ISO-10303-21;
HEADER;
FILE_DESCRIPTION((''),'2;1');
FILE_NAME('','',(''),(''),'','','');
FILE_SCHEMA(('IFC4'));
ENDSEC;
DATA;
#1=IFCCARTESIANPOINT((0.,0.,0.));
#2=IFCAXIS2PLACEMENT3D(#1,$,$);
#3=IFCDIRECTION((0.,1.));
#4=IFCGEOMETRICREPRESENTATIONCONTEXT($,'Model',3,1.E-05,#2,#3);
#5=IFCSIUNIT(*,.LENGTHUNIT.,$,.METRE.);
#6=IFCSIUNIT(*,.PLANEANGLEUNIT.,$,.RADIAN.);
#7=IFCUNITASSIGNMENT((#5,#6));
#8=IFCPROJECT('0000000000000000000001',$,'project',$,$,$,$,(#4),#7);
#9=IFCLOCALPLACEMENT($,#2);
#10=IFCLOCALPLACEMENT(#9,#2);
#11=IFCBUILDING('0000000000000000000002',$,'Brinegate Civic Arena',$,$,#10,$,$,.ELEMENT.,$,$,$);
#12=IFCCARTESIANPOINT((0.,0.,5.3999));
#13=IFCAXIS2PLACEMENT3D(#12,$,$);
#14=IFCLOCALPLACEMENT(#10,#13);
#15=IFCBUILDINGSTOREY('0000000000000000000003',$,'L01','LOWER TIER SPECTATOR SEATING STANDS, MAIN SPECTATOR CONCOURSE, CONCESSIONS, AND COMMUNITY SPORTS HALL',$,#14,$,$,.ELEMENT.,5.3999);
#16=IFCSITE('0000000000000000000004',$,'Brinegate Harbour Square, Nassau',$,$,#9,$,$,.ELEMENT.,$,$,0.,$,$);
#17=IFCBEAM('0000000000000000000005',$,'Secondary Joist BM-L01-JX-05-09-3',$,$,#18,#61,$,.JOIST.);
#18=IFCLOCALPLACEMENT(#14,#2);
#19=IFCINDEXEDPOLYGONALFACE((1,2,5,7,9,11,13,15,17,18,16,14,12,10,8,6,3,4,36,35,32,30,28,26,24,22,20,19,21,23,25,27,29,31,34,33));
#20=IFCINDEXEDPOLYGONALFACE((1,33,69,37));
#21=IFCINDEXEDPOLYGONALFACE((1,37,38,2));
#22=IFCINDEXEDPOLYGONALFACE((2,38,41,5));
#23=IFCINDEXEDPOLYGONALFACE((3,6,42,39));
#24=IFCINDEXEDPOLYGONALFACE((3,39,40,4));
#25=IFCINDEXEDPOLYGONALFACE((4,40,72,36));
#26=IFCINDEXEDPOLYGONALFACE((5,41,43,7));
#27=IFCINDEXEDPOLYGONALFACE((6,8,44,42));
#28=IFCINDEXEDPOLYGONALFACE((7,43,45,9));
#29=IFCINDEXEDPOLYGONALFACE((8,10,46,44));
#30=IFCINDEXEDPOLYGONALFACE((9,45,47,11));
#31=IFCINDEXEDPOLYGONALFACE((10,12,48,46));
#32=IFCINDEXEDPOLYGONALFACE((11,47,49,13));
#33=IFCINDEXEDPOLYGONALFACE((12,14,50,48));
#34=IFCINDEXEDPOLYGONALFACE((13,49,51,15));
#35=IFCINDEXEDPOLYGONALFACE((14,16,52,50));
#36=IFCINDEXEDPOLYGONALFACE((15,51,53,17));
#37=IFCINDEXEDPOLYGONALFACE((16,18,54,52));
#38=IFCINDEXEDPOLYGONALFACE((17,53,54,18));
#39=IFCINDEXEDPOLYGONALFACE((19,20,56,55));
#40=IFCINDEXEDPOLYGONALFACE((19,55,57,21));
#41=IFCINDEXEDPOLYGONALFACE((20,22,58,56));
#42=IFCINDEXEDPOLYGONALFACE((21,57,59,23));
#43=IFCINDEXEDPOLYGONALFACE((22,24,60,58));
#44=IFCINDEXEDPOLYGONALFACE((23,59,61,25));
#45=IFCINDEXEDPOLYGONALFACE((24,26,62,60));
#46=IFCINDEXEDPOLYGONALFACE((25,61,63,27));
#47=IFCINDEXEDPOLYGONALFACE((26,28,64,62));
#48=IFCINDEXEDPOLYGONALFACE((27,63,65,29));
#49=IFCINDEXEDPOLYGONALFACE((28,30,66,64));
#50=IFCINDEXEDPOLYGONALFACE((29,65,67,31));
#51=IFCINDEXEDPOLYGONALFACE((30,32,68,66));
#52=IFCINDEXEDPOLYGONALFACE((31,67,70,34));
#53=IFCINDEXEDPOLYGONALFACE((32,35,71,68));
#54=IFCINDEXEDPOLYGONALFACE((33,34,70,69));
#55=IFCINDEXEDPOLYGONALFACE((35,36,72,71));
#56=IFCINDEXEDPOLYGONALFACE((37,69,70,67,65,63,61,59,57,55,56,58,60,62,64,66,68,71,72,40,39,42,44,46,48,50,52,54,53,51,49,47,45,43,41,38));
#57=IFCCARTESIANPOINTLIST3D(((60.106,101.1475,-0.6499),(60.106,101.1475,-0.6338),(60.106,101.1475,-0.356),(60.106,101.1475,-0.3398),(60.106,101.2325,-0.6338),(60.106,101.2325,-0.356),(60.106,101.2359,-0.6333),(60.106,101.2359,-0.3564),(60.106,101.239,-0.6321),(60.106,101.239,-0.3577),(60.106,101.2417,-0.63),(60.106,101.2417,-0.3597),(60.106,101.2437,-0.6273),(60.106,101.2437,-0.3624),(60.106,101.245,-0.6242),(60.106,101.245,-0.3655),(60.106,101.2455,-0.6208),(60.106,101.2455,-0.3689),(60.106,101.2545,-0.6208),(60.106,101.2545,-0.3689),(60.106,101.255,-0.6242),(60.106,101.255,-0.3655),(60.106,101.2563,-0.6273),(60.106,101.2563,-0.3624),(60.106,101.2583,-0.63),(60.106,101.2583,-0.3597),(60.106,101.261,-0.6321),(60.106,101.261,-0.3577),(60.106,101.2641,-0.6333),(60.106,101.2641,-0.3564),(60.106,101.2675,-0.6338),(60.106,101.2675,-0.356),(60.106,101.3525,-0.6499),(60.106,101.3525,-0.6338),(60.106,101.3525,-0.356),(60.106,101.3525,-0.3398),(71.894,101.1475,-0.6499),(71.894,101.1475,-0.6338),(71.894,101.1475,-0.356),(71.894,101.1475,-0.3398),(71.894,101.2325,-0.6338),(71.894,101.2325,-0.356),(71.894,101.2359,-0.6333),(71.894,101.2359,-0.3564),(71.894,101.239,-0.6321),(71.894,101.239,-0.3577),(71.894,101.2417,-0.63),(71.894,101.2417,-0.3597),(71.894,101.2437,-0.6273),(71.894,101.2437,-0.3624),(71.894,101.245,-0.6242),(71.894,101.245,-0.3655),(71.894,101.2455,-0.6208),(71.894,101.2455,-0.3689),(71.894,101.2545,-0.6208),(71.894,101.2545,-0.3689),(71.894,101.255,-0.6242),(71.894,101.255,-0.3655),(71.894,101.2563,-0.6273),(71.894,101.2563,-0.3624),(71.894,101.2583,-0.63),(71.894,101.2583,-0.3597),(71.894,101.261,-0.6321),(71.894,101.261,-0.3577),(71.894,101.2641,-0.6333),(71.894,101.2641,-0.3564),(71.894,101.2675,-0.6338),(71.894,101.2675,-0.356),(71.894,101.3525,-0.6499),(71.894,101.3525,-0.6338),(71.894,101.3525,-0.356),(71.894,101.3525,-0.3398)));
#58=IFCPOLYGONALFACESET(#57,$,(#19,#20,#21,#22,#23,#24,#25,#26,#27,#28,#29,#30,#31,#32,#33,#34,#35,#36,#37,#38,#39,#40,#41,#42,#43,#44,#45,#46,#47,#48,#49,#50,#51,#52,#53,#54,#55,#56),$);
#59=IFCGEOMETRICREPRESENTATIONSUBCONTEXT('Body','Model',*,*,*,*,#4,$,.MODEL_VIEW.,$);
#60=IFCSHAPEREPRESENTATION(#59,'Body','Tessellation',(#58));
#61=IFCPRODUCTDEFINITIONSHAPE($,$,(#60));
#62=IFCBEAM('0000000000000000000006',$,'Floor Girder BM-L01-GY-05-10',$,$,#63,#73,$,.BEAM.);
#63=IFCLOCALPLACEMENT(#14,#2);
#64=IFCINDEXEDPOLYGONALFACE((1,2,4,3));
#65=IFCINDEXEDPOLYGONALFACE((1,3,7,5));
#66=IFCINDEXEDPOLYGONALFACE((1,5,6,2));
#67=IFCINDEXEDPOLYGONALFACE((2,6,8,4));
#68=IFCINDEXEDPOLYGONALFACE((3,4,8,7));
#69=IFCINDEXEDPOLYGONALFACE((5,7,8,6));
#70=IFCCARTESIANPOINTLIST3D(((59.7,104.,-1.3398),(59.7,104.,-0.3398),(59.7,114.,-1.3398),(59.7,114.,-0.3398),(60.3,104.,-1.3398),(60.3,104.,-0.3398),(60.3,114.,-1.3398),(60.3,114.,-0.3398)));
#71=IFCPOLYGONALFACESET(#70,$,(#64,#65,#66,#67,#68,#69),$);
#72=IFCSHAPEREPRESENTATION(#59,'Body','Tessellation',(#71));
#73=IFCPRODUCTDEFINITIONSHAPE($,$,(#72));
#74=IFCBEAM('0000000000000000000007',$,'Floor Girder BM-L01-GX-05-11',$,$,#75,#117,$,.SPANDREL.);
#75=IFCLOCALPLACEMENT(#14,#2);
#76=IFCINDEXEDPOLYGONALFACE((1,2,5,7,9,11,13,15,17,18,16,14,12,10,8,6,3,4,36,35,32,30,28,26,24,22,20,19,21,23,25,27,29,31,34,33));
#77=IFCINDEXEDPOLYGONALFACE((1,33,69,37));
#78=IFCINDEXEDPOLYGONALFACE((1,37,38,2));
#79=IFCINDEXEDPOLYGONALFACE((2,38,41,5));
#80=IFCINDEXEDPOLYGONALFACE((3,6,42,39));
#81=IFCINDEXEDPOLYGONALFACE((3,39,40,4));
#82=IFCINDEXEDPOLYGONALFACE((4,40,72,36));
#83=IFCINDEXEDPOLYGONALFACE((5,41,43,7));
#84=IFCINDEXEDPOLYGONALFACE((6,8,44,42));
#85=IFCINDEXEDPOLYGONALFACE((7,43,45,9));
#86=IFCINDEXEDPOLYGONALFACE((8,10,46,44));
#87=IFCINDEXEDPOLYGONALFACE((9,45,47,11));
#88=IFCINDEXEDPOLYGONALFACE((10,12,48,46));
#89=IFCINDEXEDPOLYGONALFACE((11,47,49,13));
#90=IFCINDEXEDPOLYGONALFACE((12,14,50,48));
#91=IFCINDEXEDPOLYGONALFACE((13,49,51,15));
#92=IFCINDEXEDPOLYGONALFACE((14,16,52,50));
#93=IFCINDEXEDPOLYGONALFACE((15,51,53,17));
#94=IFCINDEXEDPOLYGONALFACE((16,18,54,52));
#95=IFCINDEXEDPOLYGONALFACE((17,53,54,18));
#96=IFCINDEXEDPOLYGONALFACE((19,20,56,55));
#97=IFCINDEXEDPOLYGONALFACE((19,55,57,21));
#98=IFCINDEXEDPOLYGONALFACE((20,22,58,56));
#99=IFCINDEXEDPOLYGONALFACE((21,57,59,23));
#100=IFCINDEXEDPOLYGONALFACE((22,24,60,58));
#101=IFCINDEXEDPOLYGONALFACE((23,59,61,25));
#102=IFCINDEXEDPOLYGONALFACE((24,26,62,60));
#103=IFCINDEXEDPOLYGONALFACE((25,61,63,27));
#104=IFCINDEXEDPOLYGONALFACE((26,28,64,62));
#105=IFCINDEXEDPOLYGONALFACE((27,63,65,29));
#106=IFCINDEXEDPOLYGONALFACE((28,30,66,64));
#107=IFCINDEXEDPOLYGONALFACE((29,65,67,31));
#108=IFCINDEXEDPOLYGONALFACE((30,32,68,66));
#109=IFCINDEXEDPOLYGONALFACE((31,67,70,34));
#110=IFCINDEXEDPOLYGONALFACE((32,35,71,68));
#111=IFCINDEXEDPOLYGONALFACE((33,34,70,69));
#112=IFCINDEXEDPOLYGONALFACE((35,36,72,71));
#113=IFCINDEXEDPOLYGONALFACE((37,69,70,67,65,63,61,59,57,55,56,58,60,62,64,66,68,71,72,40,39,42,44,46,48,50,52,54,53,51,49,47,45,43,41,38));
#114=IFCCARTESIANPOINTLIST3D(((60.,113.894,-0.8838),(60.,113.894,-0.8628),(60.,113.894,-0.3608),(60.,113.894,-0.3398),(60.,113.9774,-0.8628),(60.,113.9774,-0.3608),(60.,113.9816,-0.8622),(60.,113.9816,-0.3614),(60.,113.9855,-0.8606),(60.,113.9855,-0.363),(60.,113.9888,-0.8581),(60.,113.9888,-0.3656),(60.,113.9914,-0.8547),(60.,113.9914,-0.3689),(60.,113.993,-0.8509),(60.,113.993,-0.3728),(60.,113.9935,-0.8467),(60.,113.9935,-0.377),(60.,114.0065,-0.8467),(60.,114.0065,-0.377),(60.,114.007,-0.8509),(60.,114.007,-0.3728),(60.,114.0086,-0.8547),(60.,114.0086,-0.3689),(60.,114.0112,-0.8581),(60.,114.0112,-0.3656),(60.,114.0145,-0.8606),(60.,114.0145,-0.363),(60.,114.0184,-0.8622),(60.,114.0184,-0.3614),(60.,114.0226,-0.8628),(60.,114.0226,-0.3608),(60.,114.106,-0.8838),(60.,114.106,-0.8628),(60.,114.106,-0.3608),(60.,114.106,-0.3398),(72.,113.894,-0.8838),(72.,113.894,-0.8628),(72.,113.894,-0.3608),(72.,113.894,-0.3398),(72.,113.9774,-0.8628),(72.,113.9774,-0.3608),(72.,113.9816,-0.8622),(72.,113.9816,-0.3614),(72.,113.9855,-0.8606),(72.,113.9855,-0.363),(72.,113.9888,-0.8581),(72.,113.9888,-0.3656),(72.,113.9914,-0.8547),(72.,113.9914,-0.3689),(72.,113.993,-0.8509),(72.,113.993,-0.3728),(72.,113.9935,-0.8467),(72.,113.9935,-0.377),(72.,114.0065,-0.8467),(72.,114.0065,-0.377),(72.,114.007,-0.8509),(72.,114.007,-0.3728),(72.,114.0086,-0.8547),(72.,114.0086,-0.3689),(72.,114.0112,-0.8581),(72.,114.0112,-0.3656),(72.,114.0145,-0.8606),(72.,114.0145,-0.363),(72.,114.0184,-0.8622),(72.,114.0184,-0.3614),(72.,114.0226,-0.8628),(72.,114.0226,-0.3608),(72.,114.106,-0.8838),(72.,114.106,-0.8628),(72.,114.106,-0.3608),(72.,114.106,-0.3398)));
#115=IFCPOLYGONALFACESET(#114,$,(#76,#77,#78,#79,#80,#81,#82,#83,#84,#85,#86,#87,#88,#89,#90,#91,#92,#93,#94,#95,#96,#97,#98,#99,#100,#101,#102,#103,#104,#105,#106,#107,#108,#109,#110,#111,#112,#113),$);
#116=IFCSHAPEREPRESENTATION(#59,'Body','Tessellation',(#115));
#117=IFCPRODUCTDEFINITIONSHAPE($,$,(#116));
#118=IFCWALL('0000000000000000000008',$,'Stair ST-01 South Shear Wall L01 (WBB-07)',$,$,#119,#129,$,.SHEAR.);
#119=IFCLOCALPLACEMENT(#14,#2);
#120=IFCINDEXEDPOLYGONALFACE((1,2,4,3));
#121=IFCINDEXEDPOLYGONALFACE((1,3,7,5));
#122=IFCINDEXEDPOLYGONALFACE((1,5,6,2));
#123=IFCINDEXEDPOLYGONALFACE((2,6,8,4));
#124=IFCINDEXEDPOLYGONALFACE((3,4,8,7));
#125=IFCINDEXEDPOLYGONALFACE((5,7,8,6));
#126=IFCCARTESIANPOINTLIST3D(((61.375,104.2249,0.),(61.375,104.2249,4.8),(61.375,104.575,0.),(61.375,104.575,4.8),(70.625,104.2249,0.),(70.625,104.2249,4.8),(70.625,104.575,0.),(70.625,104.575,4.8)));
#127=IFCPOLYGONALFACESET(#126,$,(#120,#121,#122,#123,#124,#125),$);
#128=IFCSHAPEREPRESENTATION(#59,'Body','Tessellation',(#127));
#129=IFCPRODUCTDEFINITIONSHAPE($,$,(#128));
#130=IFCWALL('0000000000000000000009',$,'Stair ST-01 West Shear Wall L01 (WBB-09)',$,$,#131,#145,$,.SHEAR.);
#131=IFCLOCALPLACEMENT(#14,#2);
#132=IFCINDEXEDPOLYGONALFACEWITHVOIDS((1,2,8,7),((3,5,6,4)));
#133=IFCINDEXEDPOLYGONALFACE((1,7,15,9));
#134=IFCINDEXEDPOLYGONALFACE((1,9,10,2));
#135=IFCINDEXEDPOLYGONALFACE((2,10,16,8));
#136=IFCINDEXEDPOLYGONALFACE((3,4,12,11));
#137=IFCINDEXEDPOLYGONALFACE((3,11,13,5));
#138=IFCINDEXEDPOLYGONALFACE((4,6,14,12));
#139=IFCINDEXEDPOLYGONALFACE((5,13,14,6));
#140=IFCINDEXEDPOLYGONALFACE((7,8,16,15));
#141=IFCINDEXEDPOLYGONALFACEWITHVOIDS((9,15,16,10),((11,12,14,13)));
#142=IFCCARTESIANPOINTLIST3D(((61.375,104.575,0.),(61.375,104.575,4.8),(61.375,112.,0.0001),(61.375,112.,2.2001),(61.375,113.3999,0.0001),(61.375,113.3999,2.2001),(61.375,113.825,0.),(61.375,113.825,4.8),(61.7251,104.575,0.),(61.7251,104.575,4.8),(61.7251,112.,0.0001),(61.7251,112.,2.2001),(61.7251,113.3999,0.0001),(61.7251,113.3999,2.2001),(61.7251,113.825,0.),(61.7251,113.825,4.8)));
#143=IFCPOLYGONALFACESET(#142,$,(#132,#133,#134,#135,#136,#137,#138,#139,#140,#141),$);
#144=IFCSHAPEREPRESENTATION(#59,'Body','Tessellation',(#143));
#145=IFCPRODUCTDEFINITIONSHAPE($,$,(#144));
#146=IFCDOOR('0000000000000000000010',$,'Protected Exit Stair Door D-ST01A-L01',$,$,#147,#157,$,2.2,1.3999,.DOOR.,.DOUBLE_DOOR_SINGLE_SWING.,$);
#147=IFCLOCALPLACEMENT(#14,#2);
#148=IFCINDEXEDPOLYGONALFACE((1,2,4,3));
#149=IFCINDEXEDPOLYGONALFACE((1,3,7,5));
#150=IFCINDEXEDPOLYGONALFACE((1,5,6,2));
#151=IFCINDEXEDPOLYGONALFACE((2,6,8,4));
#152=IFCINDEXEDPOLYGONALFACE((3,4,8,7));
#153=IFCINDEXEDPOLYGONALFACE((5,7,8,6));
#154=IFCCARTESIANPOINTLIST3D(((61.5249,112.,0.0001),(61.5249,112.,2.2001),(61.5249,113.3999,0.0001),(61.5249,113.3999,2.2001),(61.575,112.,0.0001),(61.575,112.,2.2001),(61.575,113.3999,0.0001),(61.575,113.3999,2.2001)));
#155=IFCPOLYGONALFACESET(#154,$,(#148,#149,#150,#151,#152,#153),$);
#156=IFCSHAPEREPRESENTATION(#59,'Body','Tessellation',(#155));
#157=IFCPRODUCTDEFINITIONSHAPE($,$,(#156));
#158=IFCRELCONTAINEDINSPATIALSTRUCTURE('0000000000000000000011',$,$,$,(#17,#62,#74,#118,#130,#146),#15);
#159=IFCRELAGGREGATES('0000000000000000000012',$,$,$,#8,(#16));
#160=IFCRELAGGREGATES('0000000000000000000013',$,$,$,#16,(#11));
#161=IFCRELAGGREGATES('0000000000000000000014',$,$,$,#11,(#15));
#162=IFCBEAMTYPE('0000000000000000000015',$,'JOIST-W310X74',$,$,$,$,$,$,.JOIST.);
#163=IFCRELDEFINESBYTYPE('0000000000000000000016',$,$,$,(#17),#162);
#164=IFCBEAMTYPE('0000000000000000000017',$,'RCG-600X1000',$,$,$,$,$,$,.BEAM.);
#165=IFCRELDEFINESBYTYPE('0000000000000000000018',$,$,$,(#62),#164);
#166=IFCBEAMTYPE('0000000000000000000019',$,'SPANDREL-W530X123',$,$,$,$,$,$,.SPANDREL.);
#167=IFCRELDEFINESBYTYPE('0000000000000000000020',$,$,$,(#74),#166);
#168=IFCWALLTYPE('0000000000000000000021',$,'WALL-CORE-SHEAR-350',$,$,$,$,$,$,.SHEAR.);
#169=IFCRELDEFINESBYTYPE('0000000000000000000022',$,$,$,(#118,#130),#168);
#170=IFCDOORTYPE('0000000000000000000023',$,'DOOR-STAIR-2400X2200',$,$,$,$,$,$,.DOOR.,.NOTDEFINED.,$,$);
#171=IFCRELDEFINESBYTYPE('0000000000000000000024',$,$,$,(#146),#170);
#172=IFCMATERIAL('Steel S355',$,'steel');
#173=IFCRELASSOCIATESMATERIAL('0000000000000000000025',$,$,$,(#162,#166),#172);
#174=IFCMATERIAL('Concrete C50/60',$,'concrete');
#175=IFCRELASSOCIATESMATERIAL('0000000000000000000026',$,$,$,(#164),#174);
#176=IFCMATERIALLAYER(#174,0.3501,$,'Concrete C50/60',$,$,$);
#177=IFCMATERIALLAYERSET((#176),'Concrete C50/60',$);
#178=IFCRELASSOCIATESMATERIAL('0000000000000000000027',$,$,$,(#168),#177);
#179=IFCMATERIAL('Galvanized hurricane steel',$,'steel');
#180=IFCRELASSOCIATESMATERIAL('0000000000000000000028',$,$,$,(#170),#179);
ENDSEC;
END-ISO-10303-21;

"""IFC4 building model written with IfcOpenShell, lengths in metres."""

from ifc_helpers import new_model, si_unit, direction, frame, frame_2d, origin, origin_2d, place, context, subcontext, project, spatial, rectangle, i_section, extrude, material, layer, layer_set, material_profile, profile_set, type_object, element, fill, save


model = new_model("IFC4")

# Units and contexts
model_context = context("Model", 3, precision=1e-05, world=origin(), true_north=direction((0.0, 1.0)))
body_context = subcontext(model_context, "Body", "Model", "MODEL_VIEW")
ifc_project = project(units=[si_unit("LENGTHUNIT", "METRE"), si_unit("PLANEANGLEUNIT", "RADIAN")], contexts=[model_context])

# Site, building, storey
site_placement = place(None, origin())
site = spatial("IfcSite", under=ifc_project, at=site_placement, Name="Brinegate Harbour Square, Nassau", CompositionType="ELEMENT", RefElevation=0.0)
building_placement = place(site_placement, origin())
building = spatial("IfcBuilding", under=site, at=building_placement, Name="Brinegate Civic Arena", CompositionType="ELEMENT")
storey_placement = place(building_placement, frame((0.0, 0.0, 5.3999)))
storey = spatial("IfcBuildingStorey", under=building, at=storey_placement, Name="L01", Description="LOWER TIER SPECTATOR SEATING STANDS, MAIN SPECTATOR CONCOURSE, CONCESSIONS, AND COMMUNITY SPORTS HALL", CompositionType="ELEMENT", Elevation=5.3999)

# Shared definitions
ifc_material_1 = material(Name="Concrete C50/60", Category="concrete")

# Beams
ifc_material_2 = material(Name="Steel S355", Category="steel")
ifc_material_profile_1 = material_profile(ifc_material_2, i_section(OverallWidth=0.2051, OverallDepth=0.3101, WebThickness=0.009, FlangeThickness=0.0161, FilletRadius=0.0129, at=origin_2d()), Name="W310X74")
ifc_profile_set_1 = profile_set([ifc_material_profile_1], Name="Steel S355")
beam_type_1 = type_object("IfcBeamType", Name="JOIST-W310X74", PredefinedType="JOIST", material=ifc_profile_set_1)
beam_1_placement = place(storey_placement, frame((60.106, 101.25, -0.4949), z_axis=(1.0, 0.0, 0.0), x_axis=(0.0, 1.0, 0.0)))
element("IfcBeam", 1, at=beam_1_placement, inside=storey, type_object=beam_type_1, Name="Secondary Joist BM-L01-JX-05-09-3", PredefinedType="JOIST", context=body_context, shape_type="SweptSolid", body=[
    extrude(i_section(OverallWidth=0.2051, OverallDepth=0.3101, WebThickness=0.009, FlangeThickness=0.0161, FilletRadius=0.0129, at=origin_2d()), origin(), (0.0, 0.0, 1.0), 11.7881),
])
ifc_material_profile_2 = material_profile(ifc_material_1, rectangle(XDim=0.6001, YDim=1.0, at=origin_2d()), Name="RCB600X1000")
ifc_profile_set_2 = profile_set([ifc_material_profile_2], Name="Concrete C50/60")
beam_type_2 = type_object("IfcBeamType", Name="RCG-600X1000", PredefinedType="BEAM", material=ifc_profile_set_2)
beam_2_placement = place(storey_placement, frame((60.0, 104.0, -0.8398), z_axis=(0.0, 1.0, 0.0), x_axis=(-1.0, 0.0, 0.0)))
element("IfcBeam", 2, at=beam_2_placement, inside=storey, type_object=beam_type_2, Name="Floor Girder BM-L01-GY-05-10", PredefinedType="BEAM", context=body_context, shape_type="SweptSolid", body=[
    extrude(rectangle(XDim=0.6001, YDim=1.0, at=origin_2d()), origin(), (0.0, 0.0, 1.0), 10.0),
])
ifc_material_profile_3 = material_profile(ifc_material_2, i_section(OverallWidth=0.2119, OverallDepth=0.5439, WebThickness=0.0129, FlangeThickness=0.021, FilletRadius=0.0161, at=origin_2d()), Name="W530X123")
ifc_profile_set_3 = profile_set([ifc_material_profile_3], Name="Steel S355")
beam_type_3 = type_object("IfcBeamType", Name="SPANDREL-W530X123", PredefinedType="SPANDREL", material=ifc_profile_set_3)
beam_3_placement = place(storey_placement, frame((60.0, 114.0, -0.6118), z_axis=(1.0, 0.0, 0.0), x_axis=(0.0, 1.0, 0.0)))
element("IfcBeam", 3, at=beam_3_placement, inside=storey, type_object=beam_type_3, Name="Floor Girder BM-L01-GX-05-11", PredefinedType="SPANDREL", context=body_context, shape_type="SweptSolid", body=[
    extrude(i_section(OverallWidth=0.2119, OverallDepth=0.5439, WebThickness=0.0129, FlangeThickness=0.021, FilletRadius=0.0161, at=origin_2d()), origin(), (0.0, 0.0, 1.0), 12.0),
])

# Wall
ifc_layer_1 = layer(ifc_material_1, 0.3501, Name="Concrete C50/60")
ifc_layer_set_1 = layer_set([ifc_layer_1], Name="Concrete C50/60")
wall_type_1 = type_object("IfcWallType", Name="WALL-CORE-SHEAR-350", PredefinedType="SHEAR", material=ifc_layer_set_1)
wall_1_placement = place(storey_placement, frame((61.375, 104.3999, 0.0), z_axis=(0.0, 0.0, 1.0), x_axis=(1.0, 0.0, 0.0)))
element("IfcWall", 4, at=wall_1_placement, inside=storey, type_object=wall_type_1, Name="Stair ST-01 South Shear Wall L01 (WBB-07)", PredefinedType="SHEAR", context=body_context, shape_type="SweptSolid", body=[
    extrude(rectangle(XDim=9.25, YDim=0.3501, at=frame_2d((4.625, 0.0))), origin(), (0.0, 0.0, 1.0), 4.8),
])

# Wall, opening, door
wall_2_placement = place(storey_placement, frame((61.55, 104.575, 0.0), z_axis=(0.0, 0.0, 1.0), x_axis=(0.0, 1.0, 0.0)))
wall_2 = element("IfcWall", 5, at=wall_2_placement, inside=storey, type_object=wall_type_1, Name="Stair ST-01 West Shear Wall L01 (WBB-09)", PredefinedType="SHEAR", context=body_context, shape_type="SweptSolid", body=[
    extrude(rectangle(XDim=9.25, YDim=0.3501, at=frame_2d((4.625, 0.0))), origin(), (0.0, 0.0, 1.0), 4.8),
])
opening_1_placement = place(wall_2_placement, frame((7.425, 0.0, 0.0)))
opening_1 = element("IfcOpeningElement", 6, at=opening_1_placement, cuts=wall_2, PredefinedType="OPENING", context=body_context, shape_type="SweptSolid", body=[
    extrude(rectangle(XDim=1.3999, YDim=2.2, at=frame_2d((0.7, 1.1001))), frame((0.0, 0.1851, 0.0), z_axis=(0.0, -1.0, 0.0), x_axis=(1.0, 0.0, 0.0)), (0.0, 0.0, 1.0), 0.3701),
])
ifc_material_3 = material(Name="Galvanized hurricane steel", Category="steel")
door_type_1 = type_object("IfcDoorType", Name="DOOR-STAIR-2400X2200", OperationType="NOTDEFINED", PredefinedType="DOOR", material=ifc_material_3)
door_1_placement = place(opening_1_placement, frame((1.3999, 0.0, 0.0), z_axis=(0.0, 0.0, 1.0), x_axis=(-1.0, 0.0, 0.0)))
door_1 = element("IfcDoor", 7, at=door_1_placement, inside=storey, type_object=door_type_1, Name="Protected Exit Stair Door D-ST01A-L01", OperationType="DOUBLE_DOOR_SINGLE_SWING", OverallHeight=2.2, OverallWidth=1.3999, PredefinedType="DOOR", context=body_context, shape_type="SweptSolid", body=[
    extrude(rectangle(XDim=1.3999, YDim=2.2, at=frame_2d((0.7, 1.1001))), frame((0.0, 0.0249, 0.0), z_axis=(0.0, -1.0, 0.0), x_axis=(1.0, 0.0, 0.0)), (0.0, 0.0, 1.0), 0.05),
])
fill(opening_1, door_1)

save(model, "model.ifc")
